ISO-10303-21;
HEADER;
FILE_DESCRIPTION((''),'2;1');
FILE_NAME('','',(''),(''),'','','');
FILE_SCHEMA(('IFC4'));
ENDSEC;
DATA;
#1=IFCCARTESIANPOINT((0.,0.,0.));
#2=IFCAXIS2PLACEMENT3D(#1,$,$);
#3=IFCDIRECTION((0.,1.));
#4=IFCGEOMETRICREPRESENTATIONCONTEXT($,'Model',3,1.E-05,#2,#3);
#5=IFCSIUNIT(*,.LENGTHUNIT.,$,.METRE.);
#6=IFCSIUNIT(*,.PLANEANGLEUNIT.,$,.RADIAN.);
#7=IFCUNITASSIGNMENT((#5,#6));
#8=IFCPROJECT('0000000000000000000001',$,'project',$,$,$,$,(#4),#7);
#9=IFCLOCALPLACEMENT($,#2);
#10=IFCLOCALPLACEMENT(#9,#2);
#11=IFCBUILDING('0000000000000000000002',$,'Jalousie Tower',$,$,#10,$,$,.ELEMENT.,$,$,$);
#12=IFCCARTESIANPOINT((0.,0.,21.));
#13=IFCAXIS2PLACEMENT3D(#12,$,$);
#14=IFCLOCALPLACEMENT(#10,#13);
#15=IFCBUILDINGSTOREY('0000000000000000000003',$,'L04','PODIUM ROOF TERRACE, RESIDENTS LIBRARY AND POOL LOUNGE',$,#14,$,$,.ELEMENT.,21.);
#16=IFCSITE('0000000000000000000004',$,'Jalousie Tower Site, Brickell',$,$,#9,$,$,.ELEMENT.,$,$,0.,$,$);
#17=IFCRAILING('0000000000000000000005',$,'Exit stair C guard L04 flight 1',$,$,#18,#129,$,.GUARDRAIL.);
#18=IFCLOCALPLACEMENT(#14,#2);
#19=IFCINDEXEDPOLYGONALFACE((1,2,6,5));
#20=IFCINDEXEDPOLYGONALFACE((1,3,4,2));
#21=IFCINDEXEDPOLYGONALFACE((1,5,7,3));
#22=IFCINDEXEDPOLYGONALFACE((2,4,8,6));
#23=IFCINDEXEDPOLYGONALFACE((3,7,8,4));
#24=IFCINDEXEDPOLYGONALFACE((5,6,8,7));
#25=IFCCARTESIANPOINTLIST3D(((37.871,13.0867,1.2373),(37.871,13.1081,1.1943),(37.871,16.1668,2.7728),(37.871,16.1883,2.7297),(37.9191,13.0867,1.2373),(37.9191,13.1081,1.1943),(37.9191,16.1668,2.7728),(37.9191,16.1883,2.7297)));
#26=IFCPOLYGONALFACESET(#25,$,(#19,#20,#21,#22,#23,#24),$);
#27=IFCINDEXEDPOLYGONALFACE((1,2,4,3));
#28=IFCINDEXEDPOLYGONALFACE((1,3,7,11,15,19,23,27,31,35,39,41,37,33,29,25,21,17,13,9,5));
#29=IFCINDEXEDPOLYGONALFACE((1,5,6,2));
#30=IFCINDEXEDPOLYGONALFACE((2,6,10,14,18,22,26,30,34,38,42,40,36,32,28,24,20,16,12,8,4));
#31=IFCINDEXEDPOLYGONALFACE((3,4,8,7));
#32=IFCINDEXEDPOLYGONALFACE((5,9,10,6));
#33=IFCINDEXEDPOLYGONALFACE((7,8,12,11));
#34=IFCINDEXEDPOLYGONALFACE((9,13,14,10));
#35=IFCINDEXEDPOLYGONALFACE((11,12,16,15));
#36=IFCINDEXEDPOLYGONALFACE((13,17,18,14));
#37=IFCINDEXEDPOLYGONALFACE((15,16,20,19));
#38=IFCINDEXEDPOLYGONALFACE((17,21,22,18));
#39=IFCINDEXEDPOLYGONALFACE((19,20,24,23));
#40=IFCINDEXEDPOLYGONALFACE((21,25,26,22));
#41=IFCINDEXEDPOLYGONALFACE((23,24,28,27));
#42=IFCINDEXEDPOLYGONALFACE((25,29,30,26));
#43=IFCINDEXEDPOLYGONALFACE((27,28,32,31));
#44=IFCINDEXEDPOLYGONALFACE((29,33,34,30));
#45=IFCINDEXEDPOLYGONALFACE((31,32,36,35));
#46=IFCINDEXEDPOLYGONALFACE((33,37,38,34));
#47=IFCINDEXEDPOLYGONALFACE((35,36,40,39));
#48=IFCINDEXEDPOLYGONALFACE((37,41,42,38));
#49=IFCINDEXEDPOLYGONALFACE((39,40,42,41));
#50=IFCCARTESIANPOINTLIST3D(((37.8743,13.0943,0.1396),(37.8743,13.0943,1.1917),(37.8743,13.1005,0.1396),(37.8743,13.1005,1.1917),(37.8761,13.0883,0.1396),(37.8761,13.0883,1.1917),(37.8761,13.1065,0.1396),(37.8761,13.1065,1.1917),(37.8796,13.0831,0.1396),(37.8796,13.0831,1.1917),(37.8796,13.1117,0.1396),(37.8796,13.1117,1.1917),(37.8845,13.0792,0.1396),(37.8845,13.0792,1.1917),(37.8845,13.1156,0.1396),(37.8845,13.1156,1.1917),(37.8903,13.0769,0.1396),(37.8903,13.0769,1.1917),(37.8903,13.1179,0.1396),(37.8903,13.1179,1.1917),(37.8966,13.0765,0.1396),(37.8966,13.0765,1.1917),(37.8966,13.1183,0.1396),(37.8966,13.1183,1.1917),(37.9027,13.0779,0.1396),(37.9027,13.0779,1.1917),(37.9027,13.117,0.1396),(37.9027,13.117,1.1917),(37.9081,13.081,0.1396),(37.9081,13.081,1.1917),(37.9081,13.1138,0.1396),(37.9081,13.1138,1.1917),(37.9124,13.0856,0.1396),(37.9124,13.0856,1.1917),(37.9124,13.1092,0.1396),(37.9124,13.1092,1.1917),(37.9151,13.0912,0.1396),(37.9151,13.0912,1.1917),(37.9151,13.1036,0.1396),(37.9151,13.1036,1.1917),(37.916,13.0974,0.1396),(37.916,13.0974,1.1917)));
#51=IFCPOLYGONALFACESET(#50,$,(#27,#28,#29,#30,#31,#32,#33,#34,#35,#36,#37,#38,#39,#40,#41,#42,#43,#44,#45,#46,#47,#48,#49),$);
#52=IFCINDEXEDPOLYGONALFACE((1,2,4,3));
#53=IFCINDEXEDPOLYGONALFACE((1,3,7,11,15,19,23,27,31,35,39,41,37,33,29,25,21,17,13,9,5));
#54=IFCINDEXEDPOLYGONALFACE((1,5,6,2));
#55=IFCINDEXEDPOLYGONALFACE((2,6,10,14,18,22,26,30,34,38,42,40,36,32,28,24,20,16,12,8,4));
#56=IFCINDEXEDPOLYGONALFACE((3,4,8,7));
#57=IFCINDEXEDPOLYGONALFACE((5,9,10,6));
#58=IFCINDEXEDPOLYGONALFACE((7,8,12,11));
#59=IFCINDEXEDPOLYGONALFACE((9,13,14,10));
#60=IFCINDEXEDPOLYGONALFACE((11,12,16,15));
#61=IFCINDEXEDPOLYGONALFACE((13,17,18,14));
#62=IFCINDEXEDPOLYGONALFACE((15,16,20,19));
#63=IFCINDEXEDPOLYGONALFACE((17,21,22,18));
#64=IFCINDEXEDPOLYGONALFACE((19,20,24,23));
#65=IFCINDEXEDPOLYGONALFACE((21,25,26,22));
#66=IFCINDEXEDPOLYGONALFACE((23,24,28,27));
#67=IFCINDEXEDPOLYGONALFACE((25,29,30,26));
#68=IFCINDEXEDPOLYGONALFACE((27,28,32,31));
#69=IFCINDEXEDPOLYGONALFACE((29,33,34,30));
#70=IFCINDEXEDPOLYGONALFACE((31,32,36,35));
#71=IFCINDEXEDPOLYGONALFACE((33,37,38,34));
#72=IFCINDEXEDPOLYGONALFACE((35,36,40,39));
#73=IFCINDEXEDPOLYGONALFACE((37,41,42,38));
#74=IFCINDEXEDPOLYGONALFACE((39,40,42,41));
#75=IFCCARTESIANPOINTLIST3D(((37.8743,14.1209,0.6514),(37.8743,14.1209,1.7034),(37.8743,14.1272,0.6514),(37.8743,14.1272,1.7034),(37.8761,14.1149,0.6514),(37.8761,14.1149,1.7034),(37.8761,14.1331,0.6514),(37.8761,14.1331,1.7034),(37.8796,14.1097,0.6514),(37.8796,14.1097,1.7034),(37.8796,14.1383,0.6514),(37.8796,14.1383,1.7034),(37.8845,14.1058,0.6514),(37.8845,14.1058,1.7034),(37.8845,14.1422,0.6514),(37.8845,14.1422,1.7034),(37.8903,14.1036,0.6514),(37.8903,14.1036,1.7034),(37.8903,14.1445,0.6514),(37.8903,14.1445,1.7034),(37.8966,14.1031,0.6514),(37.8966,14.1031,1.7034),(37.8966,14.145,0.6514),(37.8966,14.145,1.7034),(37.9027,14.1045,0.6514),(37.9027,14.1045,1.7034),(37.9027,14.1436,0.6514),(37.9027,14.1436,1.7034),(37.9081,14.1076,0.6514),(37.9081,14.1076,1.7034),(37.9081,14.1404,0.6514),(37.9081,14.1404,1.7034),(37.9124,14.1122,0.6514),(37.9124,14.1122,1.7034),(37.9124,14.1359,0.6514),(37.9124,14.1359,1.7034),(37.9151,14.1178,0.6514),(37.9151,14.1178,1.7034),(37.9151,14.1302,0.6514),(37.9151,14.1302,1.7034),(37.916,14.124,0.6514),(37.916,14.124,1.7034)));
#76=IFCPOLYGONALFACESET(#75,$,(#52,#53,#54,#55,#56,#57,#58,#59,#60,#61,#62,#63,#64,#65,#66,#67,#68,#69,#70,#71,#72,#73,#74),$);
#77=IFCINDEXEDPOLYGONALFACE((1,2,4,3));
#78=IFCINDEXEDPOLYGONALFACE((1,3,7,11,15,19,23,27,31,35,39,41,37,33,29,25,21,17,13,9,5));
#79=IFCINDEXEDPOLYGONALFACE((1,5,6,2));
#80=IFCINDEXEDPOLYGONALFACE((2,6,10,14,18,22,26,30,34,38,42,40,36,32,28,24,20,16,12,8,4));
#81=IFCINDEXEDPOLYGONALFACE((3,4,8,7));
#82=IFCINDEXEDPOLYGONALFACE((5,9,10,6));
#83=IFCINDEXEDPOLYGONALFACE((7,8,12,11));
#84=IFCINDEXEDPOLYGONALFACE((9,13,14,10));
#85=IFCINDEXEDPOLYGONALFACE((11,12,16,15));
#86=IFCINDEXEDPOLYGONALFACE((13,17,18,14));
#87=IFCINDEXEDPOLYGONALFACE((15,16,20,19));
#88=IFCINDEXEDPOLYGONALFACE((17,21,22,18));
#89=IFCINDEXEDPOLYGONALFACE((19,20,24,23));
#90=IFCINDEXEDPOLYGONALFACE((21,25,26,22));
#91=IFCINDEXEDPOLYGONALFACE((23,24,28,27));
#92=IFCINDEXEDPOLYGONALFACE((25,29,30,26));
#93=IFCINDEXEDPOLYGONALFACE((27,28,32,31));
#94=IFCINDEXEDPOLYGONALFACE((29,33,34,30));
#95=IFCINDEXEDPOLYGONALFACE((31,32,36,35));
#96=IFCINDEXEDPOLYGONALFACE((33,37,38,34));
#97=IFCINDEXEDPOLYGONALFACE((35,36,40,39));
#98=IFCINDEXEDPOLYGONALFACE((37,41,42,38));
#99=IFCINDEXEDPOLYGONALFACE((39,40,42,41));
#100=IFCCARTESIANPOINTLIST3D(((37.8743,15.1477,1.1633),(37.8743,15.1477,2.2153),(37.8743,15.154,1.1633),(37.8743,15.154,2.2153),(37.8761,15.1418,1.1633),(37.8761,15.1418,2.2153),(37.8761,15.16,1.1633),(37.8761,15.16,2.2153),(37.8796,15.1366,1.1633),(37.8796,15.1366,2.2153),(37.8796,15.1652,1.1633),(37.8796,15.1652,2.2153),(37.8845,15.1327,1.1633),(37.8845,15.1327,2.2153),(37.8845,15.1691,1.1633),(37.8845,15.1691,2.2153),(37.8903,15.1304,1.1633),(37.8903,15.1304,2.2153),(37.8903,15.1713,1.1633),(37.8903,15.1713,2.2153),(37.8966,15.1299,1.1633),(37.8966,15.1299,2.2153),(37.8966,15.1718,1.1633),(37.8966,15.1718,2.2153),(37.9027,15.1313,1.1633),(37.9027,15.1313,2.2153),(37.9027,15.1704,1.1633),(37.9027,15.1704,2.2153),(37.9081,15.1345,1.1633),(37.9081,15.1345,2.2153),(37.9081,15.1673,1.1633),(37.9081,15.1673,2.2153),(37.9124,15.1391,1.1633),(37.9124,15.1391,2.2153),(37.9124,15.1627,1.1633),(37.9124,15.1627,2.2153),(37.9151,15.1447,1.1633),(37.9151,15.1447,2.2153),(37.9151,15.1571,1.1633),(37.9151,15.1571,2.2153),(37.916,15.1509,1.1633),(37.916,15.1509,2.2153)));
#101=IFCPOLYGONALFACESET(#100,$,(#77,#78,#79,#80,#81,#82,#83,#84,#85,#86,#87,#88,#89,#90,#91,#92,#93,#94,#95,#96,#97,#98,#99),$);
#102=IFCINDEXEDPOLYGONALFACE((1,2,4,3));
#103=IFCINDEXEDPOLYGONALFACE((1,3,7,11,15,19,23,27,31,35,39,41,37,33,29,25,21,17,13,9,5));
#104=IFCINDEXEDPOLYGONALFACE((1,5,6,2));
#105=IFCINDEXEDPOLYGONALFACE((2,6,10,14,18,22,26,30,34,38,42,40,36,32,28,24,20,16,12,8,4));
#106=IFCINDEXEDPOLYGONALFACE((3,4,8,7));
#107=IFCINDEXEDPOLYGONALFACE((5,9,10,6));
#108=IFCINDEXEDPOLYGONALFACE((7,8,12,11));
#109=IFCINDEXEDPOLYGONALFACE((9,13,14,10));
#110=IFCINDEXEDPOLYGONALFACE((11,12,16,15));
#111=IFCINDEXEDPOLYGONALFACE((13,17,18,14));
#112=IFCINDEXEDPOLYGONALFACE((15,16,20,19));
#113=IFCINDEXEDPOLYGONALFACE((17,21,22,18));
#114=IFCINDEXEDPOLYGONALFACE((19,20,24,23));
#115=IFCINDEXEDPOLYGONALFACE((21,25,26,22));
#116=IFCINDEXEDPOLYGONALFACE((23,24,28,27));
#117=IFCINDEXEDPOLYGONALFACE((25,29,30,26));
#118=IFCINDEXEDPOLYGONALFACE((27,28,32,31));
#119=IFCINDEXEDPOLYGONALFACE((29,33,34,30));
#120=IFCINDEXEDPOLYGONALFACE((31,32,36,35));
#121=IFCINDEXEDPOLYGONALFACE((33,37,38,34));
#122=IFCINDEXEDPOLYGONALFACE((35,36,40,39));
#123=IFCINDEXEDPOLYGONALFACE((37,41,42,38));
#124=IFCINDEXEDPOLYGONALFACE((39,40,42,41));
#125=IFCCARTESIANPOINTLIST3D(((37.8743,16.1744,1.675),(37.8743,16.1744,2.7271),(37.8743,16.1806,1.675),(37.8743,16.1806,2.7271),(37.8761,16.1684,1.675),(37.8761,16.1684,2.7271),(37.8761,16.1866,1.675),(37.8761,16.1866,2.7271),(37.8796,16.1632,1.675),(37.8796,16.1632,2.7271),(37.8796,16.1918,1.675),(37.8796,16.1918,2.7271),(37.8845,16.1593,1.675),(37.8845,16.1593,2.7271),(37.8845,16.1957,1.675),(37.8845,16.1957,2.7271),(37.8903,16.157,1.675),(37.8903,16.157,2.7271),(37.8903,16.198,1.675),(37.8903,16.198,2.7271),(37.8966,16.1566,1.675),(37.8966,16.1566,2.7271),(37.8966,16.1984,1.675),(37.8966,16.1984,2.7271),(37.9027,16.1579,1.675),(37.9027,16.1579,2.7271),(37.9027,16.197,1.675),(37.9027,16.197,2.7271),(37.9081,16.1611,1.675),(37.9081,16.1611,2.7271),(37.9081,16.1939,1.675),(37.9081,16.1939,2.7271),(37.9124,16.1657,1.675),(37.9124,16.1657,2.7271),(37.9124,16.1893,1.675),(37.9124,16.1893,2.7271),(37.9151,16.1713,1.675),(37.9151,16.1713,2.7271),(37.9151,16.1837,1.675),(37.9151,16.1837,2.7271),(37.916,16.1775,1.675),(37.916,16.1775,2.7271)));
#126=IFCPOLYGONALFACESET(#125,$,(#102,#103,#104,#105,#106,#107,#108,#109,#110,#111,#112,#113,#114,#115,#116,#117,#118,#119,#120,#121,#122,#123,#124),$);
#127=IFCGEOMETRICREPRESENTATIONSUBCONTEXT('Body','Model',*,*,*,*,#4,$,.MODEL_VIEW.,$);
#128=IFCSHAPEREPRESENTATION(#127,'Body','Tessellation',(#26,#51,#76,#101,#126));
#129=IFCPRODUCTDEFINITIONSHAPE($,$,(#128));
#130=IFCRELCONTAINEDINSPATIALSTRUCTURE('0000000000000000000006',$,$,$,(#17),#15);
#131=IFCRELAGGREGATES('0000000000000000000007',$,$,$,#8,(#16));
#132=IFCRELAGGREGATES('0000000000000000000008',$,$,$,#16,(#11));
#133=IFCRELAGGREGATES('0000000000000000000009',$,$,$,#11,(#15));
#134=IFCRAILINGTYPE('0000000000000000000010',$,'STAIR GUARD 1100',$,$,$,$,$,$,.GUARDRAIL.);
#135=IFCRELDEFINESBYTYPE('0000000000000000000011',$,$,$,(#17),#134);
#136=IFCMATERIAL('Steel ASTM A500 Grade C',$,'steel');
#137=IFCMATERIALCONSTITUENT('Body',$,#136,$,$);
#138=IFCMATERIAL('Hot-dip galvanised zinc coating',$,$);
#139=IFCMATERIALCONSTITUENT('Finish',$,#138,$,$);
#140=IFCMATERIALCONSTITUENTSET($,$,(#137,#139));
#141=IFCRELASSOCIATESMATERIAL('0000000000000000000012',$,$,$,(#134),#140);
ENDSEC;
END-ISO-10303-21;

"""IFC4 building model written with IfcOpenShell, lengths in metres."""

from ifc_helpers import new_model, si_unit, direction, frame, origin, origin_2d, place, context, subcontext, project, spatial, rectangle, circle, extrude, material, constituent, constituent_set, type_object, element, save


model = new_model("IFC4")

# Units and contexts
model_context = context("Model", 3, precision=1e-05, world=origin(), true_north=direction((0.0, 1.0)))
body_context = subcontext(model_context, "Body", "Model", "MODEL_VIEW")
ifc_project = project(units=[si_unit("LENGTHUNIT", "METRE"), si_unit("PLANEANGLEUNIT", "RADIAN")], contexts=[model_context])

# Site, building, storey
site_placement = place(None, origin())
site = spatial("IfcSite", under=ifc_project, at=site_placement, Name="Jalousie Tower Site, Brickell", CompositionType="ELEMENT", RefElevation=0.0)
building_placement = place(site_placement, origin())
building = spatial("IfcBuilding", under=site, at=building_placement, Name="Jalousie Tower", CompositionType="ELEMENT")
storey_placement = place(building_placement, frame((0.0, 0.0, 21.0)))
storey = spatial("IfcBuildingStorey", under=building, at=storey_placement, Name="L04", Description="PODIUM ROOF TERRACE, RESIDENTS LIBRARY AND POOL LOUNGE", CompositionType="ELEMENT", Elevation=21.0)

# Railing
ifc_material_1 = material(Name="Steel ASTM A500 Grade C", Category="steel")
ifc_constituent_1 = constituent(ifc_material_1, Name="Body")
ifc_material_2 = material(Name="Hot-dip galvanised zinc coating")
ifc_constituent_2 = constituent(ifc_material_2, Name="Finish")
ifc_constituent_set_1 = constituent_set(constituents=[ifc_constituent_1, ifc_constituent_2])
railing_type_1 = type_object("IfcRailingType", Name="STAIR GUARD 1100", PredefinedType="GUARDRAIL", material=ifc_constituent_set_1)
railing_1_placement = place(storey_placement, frame((37.895, 13.0974, 0.1396)))
element("IfcRailing", 1, at=railing_1_placement, inside=storey, type_object=railing_type_1, Name="Exit stair C guard L04 flight 1", PredefinedType="GUARDRAIL", context=body_context, shape_type="SweptSolid", body=[
    extrude(rectangle(XDim=0.0481, YDim=0.0481, at=origin_2d()), frame((0.0, 0.0, 1.0762), z_axis=(0.0, 0.894966, 0.446135), x_axis=(-1.0, 0.0, 0.0)), (0.0, 0.0, 1.0), 3.4417),
    extrude(circle(Radius=0.021, at=origin_2d()), origin(), (0.0, 0.0, 1.0), 1.052),
    extrude(circle(Radius=0.021, at=origin_2d()), frame((0.0, 1.0266, 0.5117)), (0.0, 0.0, 1.0), 1.052),
    extrude(circle(Radius=0.021, at=origin_2d()), frame((0.0, 2.0535, 1.0237)), (0.0, 0.0, 1.0), 1.052),
    extrude(circle(Radius=0.021, at=origin_2d()), frame((0.0, 3.0801, 1.5354)), (0.0, 0.0, 1.0), 1.052),
])

save(model, "model.ifc")
